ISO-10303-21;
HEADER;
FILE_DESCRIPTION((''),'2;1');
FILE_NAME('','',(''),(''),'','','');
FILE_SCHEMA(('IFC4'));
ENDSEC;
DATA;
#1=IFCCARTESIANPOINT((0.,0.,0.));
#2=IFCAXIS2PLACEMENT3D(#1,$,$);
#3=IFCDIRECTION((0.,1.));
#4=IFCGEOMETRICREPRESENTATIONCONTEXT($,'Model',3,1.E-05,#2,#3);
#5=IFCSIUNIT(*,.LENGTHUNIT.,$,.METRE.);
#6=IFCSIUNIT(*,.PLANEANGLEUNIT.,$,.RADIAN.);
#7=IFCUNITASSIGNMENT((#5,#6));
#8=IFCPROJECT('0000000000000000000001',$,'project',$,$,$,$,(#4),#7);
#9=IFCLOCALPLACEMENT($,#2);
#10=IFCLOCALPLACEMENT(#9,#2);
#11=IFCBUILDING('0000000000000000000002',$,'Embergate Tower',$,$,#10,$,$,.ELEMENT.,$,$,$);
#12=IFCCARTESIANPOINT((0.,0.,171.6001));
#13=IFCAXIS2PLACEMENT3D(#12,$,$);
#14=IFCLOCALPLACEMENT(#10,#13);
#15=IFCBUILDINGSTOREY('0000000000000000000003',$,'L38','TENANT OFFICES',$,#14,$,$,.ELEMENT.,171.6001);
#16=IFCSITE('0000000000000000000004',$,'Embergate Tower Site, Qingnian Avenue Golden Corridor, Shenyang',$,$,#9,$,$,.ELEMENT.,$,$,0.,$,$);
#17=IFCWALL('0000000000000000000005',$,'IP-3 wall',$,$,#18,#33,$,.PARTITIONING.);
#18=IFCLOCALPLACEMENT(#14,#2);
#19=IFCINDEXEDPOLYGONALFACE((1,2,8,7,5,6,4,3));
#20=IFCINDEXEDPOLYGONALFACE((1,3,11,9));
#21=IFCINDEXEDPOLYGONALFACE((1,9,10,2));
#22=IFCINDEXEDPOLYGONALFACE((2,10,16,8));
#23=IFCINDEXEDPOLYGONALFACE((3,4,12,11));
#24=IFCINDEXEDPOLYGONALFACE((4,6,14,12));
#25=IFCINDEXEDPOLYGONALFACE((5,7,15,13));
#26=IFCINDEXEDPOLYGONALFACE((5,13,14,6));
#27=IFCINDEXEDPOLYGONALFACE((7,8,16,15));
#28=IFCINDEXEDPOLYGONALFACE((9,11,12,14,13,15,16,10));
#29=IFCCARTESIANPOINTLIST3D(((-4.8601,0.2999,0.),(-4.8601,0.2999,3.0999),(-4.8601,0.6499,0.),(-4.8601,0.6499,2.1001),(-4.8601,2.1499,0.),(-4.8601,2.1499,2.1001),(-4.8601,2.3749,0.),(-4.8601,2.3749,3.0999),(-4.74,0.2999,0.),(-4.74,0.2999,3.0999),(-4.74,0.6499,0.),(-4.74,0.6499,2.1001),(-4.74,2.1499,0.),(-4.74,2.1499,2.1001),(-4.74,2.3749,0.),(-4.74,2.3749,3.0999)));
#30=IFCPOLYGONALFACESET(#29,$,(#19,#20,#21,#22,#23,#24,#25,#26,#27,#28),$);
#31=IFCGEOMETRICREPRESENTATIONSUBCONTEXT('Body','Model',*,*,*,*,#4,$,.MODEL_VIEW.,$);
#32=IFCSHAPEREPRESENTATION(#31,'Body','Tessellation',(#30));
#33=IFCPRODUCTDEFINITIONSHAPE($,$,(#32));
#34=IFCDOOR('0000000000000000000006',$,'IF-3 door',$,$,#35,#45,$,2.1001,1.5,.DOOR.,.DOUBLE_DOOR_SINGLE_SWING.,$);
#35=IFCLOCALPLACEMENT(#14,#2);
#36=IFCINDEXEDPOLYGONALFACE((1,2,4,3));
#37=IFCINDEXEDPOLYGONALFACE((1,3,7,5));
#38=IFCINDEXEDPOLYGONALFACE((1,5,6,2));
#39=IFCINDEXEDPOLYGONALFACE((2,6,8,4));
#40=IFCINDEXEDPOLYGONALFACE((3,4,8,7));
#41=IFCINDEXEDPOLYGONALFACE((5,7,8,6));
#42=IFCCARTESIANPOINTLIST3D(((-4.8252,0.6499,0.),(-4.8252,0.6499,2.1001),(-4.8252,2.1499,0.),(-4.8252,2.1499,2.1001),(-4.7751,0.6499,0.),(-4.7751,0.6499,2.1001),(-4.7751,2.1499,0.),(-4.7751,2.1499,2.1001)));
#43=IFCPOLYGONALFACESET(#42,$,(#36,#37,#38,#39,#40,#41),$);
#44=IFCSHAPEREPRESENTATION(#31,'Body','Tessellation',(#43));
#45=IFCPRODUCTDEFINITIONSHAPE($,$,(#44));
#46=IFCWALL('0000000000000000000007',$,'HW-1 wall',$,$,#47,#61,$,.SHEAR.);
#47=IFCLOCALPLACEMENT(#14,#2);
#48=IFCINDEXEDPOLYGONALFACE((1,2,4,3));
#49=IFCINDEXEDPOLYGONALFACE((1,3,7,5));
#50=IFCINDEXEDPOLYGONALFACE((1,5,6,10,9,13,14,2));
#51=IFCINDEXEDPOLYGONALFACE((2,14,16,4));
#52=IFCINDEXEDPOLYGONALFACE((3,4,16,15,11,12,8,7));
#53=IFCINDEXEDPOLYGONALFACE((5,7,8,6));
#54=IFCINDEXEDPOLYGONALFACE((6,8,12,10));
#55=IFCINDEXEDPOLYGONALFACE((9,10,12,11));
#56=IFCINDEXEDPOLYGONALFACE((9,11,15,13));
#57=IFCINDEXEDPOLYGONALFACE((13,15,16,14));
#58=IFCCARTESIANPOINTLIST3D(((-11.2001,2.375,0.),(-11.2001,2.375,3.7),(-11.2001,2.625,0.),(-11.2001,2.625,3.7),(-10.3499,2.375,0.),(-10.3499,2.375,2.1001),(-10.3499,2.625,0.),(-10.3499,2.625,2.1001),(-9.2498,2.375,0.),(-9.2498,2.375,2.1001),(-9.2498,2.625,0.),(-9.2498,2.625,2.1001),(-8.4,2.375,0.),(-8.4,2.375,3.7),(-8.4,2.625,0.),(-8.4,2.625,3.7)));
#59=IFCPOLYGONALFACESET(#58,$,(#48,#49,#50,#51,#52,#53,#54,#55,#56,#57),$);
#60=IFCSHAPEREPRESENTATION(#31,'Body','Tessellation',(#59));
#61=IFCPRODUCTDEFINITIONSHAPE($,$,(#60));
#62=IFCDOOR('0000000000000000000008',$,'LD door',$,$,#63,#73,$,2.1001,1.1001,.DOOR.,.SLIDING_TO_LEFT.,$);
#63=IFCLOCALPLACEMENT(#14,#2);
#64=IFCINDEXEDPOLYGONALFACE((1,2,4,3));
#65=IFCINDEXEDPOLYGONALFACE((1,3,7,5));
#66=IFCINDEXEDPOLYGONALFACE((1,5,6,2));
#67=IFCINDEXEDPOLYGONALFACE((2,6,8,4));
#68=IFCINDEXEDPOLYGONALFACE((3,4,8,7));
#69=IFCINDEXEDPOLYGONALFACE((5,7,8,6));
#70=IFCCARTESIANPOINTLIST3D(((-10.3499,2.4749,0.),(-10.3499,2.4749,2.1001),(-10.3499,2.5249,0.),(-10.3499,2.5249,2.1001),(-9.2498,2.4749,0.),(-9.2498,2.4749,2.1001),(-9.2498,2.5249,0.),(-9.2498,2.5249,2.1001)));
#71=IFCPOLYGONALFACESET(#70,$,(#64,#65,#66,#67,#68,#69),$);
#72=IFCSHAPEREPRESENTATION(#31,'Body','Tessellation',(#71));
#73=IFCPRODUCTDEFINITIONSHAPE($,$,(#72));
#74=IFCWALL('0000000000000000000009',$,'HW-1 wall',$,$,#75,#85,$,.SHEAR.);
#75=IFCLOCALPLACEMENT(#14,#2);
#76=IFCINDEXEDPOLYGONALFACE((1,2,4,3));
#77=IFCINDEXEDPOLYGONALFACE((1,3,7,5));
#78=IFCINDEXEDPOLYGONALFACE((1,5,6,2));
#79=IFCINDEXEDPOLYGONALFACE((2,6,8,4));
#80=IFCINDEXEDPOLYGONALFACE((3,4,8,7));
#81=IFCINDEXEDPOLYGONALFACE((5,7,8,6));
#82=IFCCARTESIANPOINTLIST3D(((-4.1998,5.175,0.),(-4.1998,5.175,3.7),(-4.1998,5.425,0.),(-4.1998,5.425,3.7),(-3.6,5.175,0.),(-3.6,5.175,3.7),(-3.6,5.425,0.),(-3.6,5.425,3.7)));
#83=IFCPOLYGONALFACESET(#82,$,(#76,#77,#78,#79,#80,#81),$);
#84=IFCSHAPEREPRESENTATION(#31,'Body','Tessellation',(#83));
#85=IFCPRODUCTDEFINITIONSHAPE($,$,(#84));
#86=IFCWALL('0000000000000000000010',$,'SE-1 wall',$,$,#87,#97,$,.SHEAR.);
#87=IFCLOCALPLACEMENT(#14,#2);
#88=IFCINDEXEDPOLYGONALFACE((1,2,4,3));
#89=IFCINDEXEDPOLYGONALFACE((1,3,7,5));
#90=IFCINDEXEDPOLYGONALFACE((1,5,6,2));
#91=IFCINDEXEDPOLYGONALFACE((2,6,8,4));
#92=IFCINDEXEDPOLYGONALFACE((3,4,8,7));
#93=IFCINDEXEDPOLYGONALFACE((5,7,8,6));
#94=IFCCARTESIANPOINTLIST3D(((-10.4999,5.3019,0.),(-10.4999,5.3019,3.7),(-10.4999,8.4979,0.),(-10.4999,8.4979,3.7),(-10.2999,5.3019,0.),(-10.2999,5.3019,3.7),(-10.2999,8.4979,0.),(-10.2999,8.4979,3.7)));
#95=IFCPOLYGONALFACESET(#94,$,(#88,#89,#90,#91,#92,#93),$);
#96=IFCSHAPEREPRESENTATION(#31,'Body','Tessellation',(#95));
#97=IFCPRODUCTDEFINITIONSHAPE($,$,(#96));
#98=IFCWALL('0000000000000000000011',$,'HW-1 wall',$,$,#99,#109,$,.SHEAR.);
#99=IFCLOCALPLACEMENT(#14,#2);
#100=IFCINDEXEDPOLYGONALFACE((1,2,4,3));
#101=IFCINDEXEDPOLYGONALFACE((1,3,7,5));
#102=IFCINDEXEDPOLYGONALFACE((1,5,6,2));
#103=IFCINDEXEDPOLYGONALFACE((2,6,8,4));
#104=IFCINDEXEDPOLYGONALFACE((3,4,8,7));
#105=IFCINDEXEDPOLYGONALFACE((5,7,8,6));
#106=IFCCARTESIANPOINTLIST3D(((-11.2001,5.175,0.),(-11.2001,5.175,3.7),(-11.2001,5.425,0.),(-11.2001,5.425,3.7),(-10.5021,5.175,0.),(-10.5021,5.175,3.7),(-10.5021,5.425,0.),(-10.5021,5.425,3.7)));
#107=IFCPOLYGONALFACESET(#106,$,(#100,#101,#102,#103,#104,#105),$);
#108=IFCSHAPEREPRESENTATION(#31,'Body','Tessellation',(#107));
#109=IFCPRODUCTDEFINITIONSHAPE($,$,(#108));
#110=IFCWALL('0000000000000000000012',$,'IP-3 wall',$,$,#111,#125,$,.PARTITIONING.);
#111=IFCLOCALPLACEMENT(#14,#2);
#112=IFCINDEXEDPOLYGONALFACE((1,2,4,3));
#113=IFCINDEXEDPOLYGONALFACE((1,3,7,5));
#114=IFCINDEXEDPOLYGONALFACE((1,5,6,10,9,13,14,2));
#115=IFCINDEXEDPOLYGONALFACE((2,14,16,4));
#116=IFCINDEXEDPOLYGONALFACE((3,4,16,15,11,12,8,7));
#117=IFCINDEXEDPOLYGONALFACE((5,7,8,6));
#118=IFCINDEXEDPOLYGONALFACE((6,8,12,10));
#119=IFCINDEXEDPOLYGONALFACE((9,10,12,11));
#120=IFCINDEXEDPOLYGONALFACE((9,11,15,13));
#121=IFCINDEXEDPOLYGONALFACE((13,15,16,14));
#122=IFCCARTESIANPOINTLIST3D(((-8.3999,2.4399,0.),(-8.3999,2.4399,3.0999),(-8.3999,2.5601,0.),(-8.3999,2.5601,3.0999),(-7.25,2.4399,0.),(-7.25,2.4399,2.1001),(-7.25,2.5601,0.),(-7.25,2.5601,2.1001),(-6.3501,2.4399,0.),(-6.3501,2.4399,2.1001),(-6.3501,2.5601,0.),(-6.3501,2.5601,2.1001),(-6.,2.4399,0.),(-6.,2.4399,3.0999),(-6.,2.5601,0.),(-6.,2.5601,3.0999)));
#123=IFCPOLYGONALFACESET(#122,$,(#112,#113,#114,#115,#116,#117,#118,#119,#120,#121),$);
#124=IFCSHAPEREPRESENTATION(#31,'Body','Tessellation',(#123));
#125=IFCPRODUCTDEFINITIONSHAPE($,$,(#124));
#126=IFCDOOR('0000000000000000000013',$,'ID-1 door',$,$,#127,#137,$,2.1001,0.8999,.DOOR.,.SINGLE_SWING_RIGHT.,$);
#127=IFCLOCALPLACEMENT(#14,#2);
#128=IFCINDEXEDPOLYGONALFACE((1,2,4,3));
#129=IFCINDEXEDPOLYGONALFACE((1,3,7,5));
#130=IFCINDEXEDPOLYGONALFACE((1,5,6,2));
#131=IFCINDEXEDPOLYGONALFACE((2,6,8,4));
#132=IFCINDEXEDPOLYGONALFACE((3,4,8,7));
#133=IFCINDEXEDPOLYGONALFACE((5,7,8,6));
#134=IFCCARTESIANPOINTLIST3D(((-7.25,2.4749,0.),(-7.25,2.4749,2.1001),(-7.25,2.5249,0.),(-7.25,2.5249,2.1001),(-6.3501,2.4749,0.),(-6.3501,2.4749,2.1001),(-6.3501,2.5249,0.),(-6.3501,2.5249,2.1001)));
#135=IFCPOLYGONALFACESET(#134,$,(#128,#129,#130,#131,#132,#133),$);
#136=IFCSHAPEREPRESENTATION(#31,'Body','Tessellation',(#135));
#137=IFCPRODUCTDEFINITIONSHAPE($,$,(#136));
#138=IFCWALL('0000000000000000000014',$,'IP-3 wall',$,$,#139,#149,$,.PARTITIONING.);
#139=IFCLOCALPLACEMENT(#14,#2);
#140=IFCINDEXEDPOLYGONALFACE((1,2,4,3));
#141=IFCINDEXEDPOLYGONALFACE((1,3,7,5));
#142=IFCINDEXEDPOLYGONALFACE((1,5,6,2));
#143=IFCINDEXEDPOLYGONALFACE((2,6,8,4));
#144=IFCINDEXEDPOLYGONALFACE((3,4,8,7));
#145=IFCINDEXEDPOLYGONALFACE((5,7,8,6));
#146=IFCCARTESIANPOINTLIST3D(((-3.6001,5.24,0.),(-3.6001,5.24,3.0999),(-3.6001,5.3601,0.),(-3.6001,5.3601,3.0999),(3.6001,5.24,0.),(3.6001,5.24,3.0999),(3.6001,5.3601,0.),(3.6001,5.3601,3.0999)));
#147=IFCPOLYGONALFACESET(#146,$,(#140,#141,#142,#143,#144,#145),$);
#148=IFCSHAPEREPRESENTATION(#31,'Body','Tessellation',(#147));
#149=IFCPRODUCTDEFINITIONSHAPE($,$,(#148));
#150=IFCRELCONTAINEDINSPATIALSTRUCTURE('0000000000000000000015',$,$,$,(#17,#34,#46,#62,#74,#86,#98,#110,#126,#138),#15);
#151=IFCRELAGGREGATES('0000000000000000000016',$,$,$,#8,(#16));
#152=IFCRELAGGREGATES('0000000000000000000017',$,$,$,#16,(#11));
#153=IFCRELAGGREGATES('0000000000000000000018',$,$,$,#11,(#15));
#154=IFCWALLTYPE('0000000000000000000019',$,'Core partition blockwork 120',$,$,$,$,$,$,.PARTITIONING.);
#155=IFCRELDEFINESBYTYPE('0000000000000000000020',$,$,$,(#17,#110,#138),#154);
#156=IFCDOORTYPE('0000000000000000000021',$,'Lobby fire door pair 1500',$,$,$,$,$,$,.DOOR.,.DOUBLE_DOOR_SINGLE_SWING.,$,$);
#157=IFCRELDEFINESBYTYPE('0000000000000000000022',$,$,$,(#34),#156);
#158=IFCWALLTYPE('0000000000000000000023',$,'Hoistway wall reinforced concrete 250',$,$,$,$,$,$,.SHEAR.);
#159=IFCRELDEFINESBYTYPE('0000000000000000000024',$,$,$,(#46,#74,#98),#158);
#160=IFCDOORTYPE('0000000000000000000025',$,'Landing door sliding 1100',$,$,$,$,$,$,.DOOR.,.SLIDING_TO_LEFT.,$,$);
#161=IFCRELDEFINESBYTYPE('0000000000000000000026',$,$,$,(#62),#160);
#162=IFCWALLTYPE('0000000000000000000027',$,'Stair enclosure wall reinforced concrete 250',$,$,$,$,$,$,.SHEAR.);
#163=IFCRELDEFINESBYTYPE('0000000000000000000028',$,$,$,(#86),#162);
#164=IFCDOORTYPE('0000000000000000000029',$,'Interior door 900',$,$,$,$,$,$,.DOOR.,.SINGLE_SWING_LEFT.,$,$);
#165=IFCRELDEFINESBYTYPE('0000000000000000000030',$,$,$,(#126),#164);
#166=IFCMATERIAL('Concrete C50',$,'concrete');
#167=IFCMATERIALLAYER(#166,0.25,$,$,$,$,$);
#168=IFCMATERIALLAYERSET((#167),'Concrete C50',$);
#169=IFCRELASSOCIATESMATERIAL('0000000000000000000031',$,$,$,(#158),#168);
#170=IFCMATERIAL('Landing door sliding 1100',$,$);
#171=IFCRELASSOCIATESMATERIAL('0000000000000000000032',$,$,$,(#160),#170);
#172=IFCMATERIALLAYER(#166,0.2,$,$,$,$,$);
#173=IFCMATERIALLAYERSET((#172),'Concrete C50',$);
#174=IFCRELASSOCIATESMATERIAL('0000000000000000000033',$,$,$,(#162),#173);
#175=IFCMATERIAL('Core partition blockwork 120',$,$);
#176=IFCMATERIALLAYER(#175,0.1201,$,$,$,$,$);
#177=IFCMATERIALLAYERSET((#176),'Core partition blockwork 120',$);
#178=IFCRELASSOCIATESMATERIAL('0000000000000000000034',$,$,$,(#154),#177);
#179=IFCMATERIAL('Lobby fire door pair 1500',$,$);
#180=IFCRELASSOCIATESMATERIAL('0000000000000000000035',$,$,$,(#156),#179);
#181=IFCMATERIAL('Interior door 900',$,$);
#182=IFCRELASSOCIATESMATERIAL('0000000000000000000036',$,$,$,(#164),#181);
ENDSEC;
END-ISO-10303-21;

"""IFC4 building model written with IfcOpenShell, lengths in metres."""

from ifc_helpers import new_model, si_unit, direction, frame, frame_2d, origin, place, context, subcontext, project, spatial, rectangle, extrude, source, transform, mapped, material, layer, layer_set, type_object, element, fill, save


model = new_model("IFC4")

# Units and contexts
model_context = context("Model", 3, precision=1e-05, world=origin(), true_north=direction((0.0, 1.0)))
body_context = subcontext(model_context, "Body", "Model", "MODEL_VIEW")
ifc_project = project(units=[si_unit("LENGTHUNIT", "METRE"), si_unit("PLANEANGLEUNIT", "RADIAN")], contexts=[model_context])

# Site, building, storey
site_placement = place(None, origin())
site = spatial("IfcSite", under=ifc_project, at=site_placement, Name="Embergate Tower Site, Qingnian Avenue Golden Corridor, Shenyang", CompositionType="ELEMENT", RefElevation=0.0)
building_placement = place(site_placement, origin())
building = spatial("IfcBuilding", under=site, at=building_placement, Name="Embergate Tower", CompositionType="ELEMENT")
storey_placement = place(building_placement, frame((0.0, 0.0, 171.6001)))
storey = spatial("IfcBuildingStorey", under=building, at=storey_placement, Name="L38", Description="TENANT OFFICES", CompositionType="ELEMENT", Elevation=171.6001)

# Shared definitions
ifc_material_1 = material(Name="Concrete C50", Category="concrete")
ifc_layer_1 = layer(ifc_material_1, 0.25)
ifc_layer_set_1 = layer_set([ifc_layer_1], Name="Concrete C50")
wall_type_1 = type_object("IfcWallType", Name="Hoistway wall reinforced concrete 250", PredefinedType="SHEAR", material=ifc_layer_set_1)

# Shared definitions
shared_shape_1 = source(origin(), body_context, "Body", "SweptSolid", [
    extrude(rectangle(XDim=1.1001, YDim=2.1001, at=frame_2d((0.55, 1.05))), frame((0.0, 0.135, 0.0), z_axis=(0.0, -1.0, 0.0), x_axis=(1.0, 0.0, 0.0)), (0.0, 0.0, 1.0), 0.27),
])
ifc_material_2 = material(Name="Landing door sliding 1100")
door_type_1 = type_object("IfcDoorType", Name="Landing door sliding 1100", OperationType="SLIDING_TO_LEFT", PredefinedType="DOOR", material=ifc_material_2)
shared_shape_2 = source(origin(), body_context, "Body", "SweptSolid", [
    extrude(rectangle(XDim=1.1001, YDim=2.1001, at=frame_2d((0.55, 1.05))), frame((0.0, 0.0249, 0.0), z_axis=(0.0, -1.0, 0.0), x_axis=(1.0, 0.0, 0.0)), (0.0, 0.0, 1.0), 0.05),
])

# Shared definitions
ifc_layer_2 = layer(ifc_material_1, 0.2)
ifc_layer_set_2 = layer_set([ifc_layer_2], Name="Concrete C50")
wall_type_2 = type_object("IfcWallType", Name="Stair enclosure wall reinforced concrete 250", PredefinedType="SHEAR", material=ifc_layer_set_2)

# Walls, openings, doors
ifc_material_3 = material(Name="Core partition blockwork 120")
ifc_layer_3 = layer(ifc_material_3, 0.1201)
ifc_layer_set_3 = layer_set([ifc_layer_3], Name="Core partition blockwork 120")
wall_type_3 = type_object("IfcWallType", Name="Core partition blockwork 120", PredefinedType="PARTITIONING", material=ifc_layer_set_3)
shared_shape_3 = source(origin(), body_context, "Body", "SweptSolid", [
    extrude(rectangle(XDim=2.075, YDim=0.1201, at=frame_2d((1.0376, 0.0))), origin(), (0.0, 0.0, 1.0), 3.0999),
])
wall_1_placement = place(storey_placement, frame((-4.8, 2.375, 0.0), z_axis=(0.0, 0.0, 1.0), x_axis=(0.0, -1.0, 0.0)))
wall_1 = element("IfcWall", 1, at=wall_1_placement, inside=storey, type_object=wall_type_3, Name="IP-3 wall", PredefinedType="PARTITIONING", context=body_context, shape_type="MappedRepresentation", body=[
    mapped(shared_shape_3, transform((0.0, 0.0, 0.0))),
])
shared_shape_4 = source(origin(), body_context, "Body", "SweptSolid", [
    extrude(rectangle(XDim=1.5, YDim=2.1001, at=frame_2d((0.75, 1.05))), frame((0.0, 0.0701, 0.0), z_axis=(0.0, -1.0, 0.0), x_axis=(1.0, 0.0, 0.0)), (0.0, 0.0, 1.0), 0.1401),
])
opening_1_placement = place(wall_1_placement, frame((0.2251, 0.0, 0.0)))
opening_1 = element("IfcOpeningElement", 2, at=opening_1_placement, cuts=wall_1, PredefinedType="OPENING", context=body_context, shape_type="MappedRepresentation", body=[
    mapped(shared_shape_4, transform((0.0, 0.0, 0.0))),
])
ifc_material_4 = material(Name="Lobby fire door pair 1500")
door_type_2 = type_object("IfcDoorType", Name="Lobby fire door pair 1500", OperationType="DOUBLE_DOOR_SINGLE_SWING", PredefinedType="DOOR", material=ifc_material_4)
shared_shape_5 = source(origin(), body_context, "Body", "SweptSolid", [
    extrude(rectangle(XDim=1.5, YDim=2.1001, at=frame_2d((0.75, 1.05))), frame((0.0, 0.0249, 0.0), z_axis=(0.0, -1.0, 0.0), x_axis=(1.0, 0.0, 0.0)), (0.0, 0.0, 1.0), 0.05),
])
door_1_placement = place(opening_1_placement, origin())
door_1 = element("IfcDoor", 3, at=door_1_placement, inside=storey, type_object=door_type_2, Name="IF-3 door", OperationType="DOUBLE_DOOR_SINGLE_SWING", OverallHeight=2.1001, OverallWidth=1.5, PredefinedType="DOOR", context=body_context, shape_type="MappedRepresentation", body=[
    mapped(shared_shape_5, transform((0.0, 0.0, 0.0))),
])
fill(opening_1, door_1)
shared_shape_6 = source(origin(), body_context, "Body", "SweptSolid", [
    extrude(rectangle(XDim=2.8, YDim=0.25, at=frame_2d((1.3999, 0.0))), origin(), (0.0, 0.0, 1.0), 3.7),
])
wall_2_placement = place(storey_placement, frame((-11.2, 2.5, 0.0), z_axis=(0.0, 0.0, 1.0), x_axis=(1.0, 0.0, 0.0)))
wall_2 = element("IfcWall", 4, at=wall_2_placement, inside=storey, type_object=wall_type_1, Name="HW-1 wall", PredefinedType="SHEAR", context=body_context, shape_type="MappedRepresentation", body=[
    mapped(shared_shape_6, transform((0.0, 0.0, 0.0))),
])
opening_2_placement = place(wall_2_placement, frame((0.8501, 0.0, 0.0)))
opening_2 = element("IfcOpeningElement", 5, at=opening_2_placement, cuts=wall_2, PredefinedType="OPENING", context=body_context, shape_type="MappedRepresentation", body=[
    mapped(shared_shape_1, transform((0.0, 0.0, 0.0))),
])
door_2_placement = place(opening_2_placement, origin())
door_2 = element("IfcDoor", 6, at=door_2_placement, inside=storey, type_object=door_type_1, Name="LD door", OperationType="SLIDING_TO_LEFT", OverallHeight=2.1001, OverallWidth=1.1001, PredefinedType="DOOR", context=body_context, shape_type="MappedRepresentation", body=[
    mapped(shared_shape_2, transform((0.0, 0.0, 0.0))),
])
fill(opening_2, door_2)

# Walls
shared_shape_7 = source(origin(), body_context, "Body", "SweptSolid", [
    extrude(rectangle(XDim=0.5999, YDim=0.25, at=frame_2d((0.2998, 0.0))), origin(), (0.0, 0.0, 1.0), 3.7),
])
wall_3_placement = place(storey_placement, frame((-3.6001, 5.3, 0.0), z_axis=(0.0, 0.0, 1.0), x_axis=(-1.0, 0.0, 0.0)))
element("IfcWall", 7, at=wall_3_placement, inside=storey, type_object=wall_type_1, Name="HW-1 wall", PredefinedType="SHEAR", context=body_context, shape_type="MappedRepresentation", body=[
    mapped(shared_shape_7, transform((0.0, 0.0, 0.0))),
])
shared_shape_8 = source(origin(), body_context, "Body", "SweptSolid", [
    extrude(rectangle(XDim=3.196, YDim=0.2, at=frame_2d((1.5981, 0.0))), origin(), (0.0, 0.0, 1.0), 3.7),
])
wall_4_placement = place(storey_placement, frame((-10.3999, 8.498, 0.0), z_axis=(0.0, 0.0, 1.0), x_axis=(0.0, -1.0, 0.0)))
element("IfcWall", 8, at=wall_4_placement, inside=storey, type_object=wall_type_2, Name="SE-1 wall", PredefinedType="SHEAR", context=body_context, shape_type="MappedRepresentation", body=[
    mapped(shared_shape_8, transform((0.0, 0.0, 0.0))),
])
shared_shape_9 = source(origin(), body_context, "Body", "SweptSolid", [
    extrude(rectangle(XDim=0.698, YDim=0.25, at=frame_2d((0.3491, 0.0))), origin(), (0.0, 0.0, 1.0), 3.7),
])
wall_5_placement = place(storey_placement, frame((-10.502, 5.3, 0.0), z_axis=(0.0, 0.0, 1.0), x_axis=(-1.0, 0.0, 0.0)))
element("IfcWall", 9, at=wall_5_placement, inside=storey, type_object=wall_type_1, Name="HW-1 wall", PredefinedType="SHEAR", context=body_context, shape_type="MappedRepresentation", body=[
    mapped(shared_shape_9, transform((0.0, 0.0, 0.0))),
])

# Wall, opening, door
shared_shape_10 = source(origin(), body_context, "Body", "SweptSolid", [
    extrude(rectangle(XDim=2.3999, YDim=0.1201, at=frame_2d((1.2, 0.0))), origin(), (0.0, 0.0, 1.0), 3.0999),
])
wall_6_placement = place(storey_placement, frame((-8.3999, 2.5, 0.0), z_axis=(0.0, 0.0, 1.0), x_axis=(1.0, 0.0, 0.0)))
wall_6 = element("IfcWall", 10, at=wall_6_placement, inside=storey, type_object=wall_type_3, Name="IP-3 wall", PredefinedType="PARTITIONING", context=body_context, shape_type="MappedRepresentation", body=[
    mapped(shared_shape_10, transform((0.0, 0.0, 0.0))),
])
shared_shape_11 = source(origin(), body_context, "Body", "SweptSolid", [
    extrude(rectangle(XDim=0.8999, YDim=2.1001, at=frame_2d((0.45, 1.05))), frame((0.0, 0.0701, 0.0), z_axis=(0.0, -1.0, 0.0), x_axis=(1.0, 0.0, 0.0)), (0.0, 0.0, 1.0), 0.1401),
])
opening_3_placement = place(wall_6_placement, frame((1.1499, 0.0, 0.0)))
opening_3 = element("IfcOpeningElement", 11, at=opening_3_placement, cuts=wall_6, PredefinedType="OPENING", context=body_context, shape_type="MappedRepresentation", body=[
    mapped(shared_shape_11, transform((0.0, 0.0, 0.0))),
])
ifc_material_5 = material(Name="Interior door 900")
door_type_3 = type_object("IfcDoorType", Name="Interior door 900", OperationType="SINGLE_SWING_LEFT", PredefinedType="DOOR", material=ifc_material_5)
shared_shape_12 = source(origin(), body_context, "Body", "SweptSolid", [
    extrude(rectangle(XDim=0.8999, YDim=2.1001, at=frame_2d((0.45, 1.05))), frame((0.0, 0.0249, 0.0), z_axis=(0.0, -1.0, 0.0), x_axis=(1.0, 0.0, 0.0)), (0.0, 0.0, 1.0), 0.05),
])
door_3_placement = place(opening_3_placement, origin())
door_3 = element("IfcDoor", 12, at=door_3_placement, inside=storey, type_object=door_type_3, Name="ID-1 door", OperationType="SINGLE_SWING_RIGHT", OverallHeight=2.1001, OverallWidth=0.8999, PredefinedType="DOOR", context=body_context, shape_type="MappedRepresentation", body=[
    mapped(shared_shape_12, transform((0.0, 0.0, 0.0))),
])
fill(opening_3, door_3)

# Wall
shared_shape_13 = source(origin(), body_context, "Body", "SweptSolid", [
    extrude(rectangle(XDim=7.2002, YDim=0.1201, at=frame_2d((3.6001, 0.0))), origin(), (0.0, 0.0, 1.0), 3.0999),
])
wall_7_placement = place(storey_placement, frame((-3.6001, 5.3, 0.0), z_axis=(0.0, 0.0, 1.0), x_axis=(1.0, 0.0, 0.0)))
element("IfcWall", 13, at=wall_7_placement, inside=storey, type_object=wall_type_3, Name="IP-3 wall", PredefinedType="PARTITIONING", context=body_context, shape_type="MappedRepresentation", body=[
    mapped(shared_shape_13, transform((0.0, 0.0, 0.0))),
])

save(model, "model.ifc")
